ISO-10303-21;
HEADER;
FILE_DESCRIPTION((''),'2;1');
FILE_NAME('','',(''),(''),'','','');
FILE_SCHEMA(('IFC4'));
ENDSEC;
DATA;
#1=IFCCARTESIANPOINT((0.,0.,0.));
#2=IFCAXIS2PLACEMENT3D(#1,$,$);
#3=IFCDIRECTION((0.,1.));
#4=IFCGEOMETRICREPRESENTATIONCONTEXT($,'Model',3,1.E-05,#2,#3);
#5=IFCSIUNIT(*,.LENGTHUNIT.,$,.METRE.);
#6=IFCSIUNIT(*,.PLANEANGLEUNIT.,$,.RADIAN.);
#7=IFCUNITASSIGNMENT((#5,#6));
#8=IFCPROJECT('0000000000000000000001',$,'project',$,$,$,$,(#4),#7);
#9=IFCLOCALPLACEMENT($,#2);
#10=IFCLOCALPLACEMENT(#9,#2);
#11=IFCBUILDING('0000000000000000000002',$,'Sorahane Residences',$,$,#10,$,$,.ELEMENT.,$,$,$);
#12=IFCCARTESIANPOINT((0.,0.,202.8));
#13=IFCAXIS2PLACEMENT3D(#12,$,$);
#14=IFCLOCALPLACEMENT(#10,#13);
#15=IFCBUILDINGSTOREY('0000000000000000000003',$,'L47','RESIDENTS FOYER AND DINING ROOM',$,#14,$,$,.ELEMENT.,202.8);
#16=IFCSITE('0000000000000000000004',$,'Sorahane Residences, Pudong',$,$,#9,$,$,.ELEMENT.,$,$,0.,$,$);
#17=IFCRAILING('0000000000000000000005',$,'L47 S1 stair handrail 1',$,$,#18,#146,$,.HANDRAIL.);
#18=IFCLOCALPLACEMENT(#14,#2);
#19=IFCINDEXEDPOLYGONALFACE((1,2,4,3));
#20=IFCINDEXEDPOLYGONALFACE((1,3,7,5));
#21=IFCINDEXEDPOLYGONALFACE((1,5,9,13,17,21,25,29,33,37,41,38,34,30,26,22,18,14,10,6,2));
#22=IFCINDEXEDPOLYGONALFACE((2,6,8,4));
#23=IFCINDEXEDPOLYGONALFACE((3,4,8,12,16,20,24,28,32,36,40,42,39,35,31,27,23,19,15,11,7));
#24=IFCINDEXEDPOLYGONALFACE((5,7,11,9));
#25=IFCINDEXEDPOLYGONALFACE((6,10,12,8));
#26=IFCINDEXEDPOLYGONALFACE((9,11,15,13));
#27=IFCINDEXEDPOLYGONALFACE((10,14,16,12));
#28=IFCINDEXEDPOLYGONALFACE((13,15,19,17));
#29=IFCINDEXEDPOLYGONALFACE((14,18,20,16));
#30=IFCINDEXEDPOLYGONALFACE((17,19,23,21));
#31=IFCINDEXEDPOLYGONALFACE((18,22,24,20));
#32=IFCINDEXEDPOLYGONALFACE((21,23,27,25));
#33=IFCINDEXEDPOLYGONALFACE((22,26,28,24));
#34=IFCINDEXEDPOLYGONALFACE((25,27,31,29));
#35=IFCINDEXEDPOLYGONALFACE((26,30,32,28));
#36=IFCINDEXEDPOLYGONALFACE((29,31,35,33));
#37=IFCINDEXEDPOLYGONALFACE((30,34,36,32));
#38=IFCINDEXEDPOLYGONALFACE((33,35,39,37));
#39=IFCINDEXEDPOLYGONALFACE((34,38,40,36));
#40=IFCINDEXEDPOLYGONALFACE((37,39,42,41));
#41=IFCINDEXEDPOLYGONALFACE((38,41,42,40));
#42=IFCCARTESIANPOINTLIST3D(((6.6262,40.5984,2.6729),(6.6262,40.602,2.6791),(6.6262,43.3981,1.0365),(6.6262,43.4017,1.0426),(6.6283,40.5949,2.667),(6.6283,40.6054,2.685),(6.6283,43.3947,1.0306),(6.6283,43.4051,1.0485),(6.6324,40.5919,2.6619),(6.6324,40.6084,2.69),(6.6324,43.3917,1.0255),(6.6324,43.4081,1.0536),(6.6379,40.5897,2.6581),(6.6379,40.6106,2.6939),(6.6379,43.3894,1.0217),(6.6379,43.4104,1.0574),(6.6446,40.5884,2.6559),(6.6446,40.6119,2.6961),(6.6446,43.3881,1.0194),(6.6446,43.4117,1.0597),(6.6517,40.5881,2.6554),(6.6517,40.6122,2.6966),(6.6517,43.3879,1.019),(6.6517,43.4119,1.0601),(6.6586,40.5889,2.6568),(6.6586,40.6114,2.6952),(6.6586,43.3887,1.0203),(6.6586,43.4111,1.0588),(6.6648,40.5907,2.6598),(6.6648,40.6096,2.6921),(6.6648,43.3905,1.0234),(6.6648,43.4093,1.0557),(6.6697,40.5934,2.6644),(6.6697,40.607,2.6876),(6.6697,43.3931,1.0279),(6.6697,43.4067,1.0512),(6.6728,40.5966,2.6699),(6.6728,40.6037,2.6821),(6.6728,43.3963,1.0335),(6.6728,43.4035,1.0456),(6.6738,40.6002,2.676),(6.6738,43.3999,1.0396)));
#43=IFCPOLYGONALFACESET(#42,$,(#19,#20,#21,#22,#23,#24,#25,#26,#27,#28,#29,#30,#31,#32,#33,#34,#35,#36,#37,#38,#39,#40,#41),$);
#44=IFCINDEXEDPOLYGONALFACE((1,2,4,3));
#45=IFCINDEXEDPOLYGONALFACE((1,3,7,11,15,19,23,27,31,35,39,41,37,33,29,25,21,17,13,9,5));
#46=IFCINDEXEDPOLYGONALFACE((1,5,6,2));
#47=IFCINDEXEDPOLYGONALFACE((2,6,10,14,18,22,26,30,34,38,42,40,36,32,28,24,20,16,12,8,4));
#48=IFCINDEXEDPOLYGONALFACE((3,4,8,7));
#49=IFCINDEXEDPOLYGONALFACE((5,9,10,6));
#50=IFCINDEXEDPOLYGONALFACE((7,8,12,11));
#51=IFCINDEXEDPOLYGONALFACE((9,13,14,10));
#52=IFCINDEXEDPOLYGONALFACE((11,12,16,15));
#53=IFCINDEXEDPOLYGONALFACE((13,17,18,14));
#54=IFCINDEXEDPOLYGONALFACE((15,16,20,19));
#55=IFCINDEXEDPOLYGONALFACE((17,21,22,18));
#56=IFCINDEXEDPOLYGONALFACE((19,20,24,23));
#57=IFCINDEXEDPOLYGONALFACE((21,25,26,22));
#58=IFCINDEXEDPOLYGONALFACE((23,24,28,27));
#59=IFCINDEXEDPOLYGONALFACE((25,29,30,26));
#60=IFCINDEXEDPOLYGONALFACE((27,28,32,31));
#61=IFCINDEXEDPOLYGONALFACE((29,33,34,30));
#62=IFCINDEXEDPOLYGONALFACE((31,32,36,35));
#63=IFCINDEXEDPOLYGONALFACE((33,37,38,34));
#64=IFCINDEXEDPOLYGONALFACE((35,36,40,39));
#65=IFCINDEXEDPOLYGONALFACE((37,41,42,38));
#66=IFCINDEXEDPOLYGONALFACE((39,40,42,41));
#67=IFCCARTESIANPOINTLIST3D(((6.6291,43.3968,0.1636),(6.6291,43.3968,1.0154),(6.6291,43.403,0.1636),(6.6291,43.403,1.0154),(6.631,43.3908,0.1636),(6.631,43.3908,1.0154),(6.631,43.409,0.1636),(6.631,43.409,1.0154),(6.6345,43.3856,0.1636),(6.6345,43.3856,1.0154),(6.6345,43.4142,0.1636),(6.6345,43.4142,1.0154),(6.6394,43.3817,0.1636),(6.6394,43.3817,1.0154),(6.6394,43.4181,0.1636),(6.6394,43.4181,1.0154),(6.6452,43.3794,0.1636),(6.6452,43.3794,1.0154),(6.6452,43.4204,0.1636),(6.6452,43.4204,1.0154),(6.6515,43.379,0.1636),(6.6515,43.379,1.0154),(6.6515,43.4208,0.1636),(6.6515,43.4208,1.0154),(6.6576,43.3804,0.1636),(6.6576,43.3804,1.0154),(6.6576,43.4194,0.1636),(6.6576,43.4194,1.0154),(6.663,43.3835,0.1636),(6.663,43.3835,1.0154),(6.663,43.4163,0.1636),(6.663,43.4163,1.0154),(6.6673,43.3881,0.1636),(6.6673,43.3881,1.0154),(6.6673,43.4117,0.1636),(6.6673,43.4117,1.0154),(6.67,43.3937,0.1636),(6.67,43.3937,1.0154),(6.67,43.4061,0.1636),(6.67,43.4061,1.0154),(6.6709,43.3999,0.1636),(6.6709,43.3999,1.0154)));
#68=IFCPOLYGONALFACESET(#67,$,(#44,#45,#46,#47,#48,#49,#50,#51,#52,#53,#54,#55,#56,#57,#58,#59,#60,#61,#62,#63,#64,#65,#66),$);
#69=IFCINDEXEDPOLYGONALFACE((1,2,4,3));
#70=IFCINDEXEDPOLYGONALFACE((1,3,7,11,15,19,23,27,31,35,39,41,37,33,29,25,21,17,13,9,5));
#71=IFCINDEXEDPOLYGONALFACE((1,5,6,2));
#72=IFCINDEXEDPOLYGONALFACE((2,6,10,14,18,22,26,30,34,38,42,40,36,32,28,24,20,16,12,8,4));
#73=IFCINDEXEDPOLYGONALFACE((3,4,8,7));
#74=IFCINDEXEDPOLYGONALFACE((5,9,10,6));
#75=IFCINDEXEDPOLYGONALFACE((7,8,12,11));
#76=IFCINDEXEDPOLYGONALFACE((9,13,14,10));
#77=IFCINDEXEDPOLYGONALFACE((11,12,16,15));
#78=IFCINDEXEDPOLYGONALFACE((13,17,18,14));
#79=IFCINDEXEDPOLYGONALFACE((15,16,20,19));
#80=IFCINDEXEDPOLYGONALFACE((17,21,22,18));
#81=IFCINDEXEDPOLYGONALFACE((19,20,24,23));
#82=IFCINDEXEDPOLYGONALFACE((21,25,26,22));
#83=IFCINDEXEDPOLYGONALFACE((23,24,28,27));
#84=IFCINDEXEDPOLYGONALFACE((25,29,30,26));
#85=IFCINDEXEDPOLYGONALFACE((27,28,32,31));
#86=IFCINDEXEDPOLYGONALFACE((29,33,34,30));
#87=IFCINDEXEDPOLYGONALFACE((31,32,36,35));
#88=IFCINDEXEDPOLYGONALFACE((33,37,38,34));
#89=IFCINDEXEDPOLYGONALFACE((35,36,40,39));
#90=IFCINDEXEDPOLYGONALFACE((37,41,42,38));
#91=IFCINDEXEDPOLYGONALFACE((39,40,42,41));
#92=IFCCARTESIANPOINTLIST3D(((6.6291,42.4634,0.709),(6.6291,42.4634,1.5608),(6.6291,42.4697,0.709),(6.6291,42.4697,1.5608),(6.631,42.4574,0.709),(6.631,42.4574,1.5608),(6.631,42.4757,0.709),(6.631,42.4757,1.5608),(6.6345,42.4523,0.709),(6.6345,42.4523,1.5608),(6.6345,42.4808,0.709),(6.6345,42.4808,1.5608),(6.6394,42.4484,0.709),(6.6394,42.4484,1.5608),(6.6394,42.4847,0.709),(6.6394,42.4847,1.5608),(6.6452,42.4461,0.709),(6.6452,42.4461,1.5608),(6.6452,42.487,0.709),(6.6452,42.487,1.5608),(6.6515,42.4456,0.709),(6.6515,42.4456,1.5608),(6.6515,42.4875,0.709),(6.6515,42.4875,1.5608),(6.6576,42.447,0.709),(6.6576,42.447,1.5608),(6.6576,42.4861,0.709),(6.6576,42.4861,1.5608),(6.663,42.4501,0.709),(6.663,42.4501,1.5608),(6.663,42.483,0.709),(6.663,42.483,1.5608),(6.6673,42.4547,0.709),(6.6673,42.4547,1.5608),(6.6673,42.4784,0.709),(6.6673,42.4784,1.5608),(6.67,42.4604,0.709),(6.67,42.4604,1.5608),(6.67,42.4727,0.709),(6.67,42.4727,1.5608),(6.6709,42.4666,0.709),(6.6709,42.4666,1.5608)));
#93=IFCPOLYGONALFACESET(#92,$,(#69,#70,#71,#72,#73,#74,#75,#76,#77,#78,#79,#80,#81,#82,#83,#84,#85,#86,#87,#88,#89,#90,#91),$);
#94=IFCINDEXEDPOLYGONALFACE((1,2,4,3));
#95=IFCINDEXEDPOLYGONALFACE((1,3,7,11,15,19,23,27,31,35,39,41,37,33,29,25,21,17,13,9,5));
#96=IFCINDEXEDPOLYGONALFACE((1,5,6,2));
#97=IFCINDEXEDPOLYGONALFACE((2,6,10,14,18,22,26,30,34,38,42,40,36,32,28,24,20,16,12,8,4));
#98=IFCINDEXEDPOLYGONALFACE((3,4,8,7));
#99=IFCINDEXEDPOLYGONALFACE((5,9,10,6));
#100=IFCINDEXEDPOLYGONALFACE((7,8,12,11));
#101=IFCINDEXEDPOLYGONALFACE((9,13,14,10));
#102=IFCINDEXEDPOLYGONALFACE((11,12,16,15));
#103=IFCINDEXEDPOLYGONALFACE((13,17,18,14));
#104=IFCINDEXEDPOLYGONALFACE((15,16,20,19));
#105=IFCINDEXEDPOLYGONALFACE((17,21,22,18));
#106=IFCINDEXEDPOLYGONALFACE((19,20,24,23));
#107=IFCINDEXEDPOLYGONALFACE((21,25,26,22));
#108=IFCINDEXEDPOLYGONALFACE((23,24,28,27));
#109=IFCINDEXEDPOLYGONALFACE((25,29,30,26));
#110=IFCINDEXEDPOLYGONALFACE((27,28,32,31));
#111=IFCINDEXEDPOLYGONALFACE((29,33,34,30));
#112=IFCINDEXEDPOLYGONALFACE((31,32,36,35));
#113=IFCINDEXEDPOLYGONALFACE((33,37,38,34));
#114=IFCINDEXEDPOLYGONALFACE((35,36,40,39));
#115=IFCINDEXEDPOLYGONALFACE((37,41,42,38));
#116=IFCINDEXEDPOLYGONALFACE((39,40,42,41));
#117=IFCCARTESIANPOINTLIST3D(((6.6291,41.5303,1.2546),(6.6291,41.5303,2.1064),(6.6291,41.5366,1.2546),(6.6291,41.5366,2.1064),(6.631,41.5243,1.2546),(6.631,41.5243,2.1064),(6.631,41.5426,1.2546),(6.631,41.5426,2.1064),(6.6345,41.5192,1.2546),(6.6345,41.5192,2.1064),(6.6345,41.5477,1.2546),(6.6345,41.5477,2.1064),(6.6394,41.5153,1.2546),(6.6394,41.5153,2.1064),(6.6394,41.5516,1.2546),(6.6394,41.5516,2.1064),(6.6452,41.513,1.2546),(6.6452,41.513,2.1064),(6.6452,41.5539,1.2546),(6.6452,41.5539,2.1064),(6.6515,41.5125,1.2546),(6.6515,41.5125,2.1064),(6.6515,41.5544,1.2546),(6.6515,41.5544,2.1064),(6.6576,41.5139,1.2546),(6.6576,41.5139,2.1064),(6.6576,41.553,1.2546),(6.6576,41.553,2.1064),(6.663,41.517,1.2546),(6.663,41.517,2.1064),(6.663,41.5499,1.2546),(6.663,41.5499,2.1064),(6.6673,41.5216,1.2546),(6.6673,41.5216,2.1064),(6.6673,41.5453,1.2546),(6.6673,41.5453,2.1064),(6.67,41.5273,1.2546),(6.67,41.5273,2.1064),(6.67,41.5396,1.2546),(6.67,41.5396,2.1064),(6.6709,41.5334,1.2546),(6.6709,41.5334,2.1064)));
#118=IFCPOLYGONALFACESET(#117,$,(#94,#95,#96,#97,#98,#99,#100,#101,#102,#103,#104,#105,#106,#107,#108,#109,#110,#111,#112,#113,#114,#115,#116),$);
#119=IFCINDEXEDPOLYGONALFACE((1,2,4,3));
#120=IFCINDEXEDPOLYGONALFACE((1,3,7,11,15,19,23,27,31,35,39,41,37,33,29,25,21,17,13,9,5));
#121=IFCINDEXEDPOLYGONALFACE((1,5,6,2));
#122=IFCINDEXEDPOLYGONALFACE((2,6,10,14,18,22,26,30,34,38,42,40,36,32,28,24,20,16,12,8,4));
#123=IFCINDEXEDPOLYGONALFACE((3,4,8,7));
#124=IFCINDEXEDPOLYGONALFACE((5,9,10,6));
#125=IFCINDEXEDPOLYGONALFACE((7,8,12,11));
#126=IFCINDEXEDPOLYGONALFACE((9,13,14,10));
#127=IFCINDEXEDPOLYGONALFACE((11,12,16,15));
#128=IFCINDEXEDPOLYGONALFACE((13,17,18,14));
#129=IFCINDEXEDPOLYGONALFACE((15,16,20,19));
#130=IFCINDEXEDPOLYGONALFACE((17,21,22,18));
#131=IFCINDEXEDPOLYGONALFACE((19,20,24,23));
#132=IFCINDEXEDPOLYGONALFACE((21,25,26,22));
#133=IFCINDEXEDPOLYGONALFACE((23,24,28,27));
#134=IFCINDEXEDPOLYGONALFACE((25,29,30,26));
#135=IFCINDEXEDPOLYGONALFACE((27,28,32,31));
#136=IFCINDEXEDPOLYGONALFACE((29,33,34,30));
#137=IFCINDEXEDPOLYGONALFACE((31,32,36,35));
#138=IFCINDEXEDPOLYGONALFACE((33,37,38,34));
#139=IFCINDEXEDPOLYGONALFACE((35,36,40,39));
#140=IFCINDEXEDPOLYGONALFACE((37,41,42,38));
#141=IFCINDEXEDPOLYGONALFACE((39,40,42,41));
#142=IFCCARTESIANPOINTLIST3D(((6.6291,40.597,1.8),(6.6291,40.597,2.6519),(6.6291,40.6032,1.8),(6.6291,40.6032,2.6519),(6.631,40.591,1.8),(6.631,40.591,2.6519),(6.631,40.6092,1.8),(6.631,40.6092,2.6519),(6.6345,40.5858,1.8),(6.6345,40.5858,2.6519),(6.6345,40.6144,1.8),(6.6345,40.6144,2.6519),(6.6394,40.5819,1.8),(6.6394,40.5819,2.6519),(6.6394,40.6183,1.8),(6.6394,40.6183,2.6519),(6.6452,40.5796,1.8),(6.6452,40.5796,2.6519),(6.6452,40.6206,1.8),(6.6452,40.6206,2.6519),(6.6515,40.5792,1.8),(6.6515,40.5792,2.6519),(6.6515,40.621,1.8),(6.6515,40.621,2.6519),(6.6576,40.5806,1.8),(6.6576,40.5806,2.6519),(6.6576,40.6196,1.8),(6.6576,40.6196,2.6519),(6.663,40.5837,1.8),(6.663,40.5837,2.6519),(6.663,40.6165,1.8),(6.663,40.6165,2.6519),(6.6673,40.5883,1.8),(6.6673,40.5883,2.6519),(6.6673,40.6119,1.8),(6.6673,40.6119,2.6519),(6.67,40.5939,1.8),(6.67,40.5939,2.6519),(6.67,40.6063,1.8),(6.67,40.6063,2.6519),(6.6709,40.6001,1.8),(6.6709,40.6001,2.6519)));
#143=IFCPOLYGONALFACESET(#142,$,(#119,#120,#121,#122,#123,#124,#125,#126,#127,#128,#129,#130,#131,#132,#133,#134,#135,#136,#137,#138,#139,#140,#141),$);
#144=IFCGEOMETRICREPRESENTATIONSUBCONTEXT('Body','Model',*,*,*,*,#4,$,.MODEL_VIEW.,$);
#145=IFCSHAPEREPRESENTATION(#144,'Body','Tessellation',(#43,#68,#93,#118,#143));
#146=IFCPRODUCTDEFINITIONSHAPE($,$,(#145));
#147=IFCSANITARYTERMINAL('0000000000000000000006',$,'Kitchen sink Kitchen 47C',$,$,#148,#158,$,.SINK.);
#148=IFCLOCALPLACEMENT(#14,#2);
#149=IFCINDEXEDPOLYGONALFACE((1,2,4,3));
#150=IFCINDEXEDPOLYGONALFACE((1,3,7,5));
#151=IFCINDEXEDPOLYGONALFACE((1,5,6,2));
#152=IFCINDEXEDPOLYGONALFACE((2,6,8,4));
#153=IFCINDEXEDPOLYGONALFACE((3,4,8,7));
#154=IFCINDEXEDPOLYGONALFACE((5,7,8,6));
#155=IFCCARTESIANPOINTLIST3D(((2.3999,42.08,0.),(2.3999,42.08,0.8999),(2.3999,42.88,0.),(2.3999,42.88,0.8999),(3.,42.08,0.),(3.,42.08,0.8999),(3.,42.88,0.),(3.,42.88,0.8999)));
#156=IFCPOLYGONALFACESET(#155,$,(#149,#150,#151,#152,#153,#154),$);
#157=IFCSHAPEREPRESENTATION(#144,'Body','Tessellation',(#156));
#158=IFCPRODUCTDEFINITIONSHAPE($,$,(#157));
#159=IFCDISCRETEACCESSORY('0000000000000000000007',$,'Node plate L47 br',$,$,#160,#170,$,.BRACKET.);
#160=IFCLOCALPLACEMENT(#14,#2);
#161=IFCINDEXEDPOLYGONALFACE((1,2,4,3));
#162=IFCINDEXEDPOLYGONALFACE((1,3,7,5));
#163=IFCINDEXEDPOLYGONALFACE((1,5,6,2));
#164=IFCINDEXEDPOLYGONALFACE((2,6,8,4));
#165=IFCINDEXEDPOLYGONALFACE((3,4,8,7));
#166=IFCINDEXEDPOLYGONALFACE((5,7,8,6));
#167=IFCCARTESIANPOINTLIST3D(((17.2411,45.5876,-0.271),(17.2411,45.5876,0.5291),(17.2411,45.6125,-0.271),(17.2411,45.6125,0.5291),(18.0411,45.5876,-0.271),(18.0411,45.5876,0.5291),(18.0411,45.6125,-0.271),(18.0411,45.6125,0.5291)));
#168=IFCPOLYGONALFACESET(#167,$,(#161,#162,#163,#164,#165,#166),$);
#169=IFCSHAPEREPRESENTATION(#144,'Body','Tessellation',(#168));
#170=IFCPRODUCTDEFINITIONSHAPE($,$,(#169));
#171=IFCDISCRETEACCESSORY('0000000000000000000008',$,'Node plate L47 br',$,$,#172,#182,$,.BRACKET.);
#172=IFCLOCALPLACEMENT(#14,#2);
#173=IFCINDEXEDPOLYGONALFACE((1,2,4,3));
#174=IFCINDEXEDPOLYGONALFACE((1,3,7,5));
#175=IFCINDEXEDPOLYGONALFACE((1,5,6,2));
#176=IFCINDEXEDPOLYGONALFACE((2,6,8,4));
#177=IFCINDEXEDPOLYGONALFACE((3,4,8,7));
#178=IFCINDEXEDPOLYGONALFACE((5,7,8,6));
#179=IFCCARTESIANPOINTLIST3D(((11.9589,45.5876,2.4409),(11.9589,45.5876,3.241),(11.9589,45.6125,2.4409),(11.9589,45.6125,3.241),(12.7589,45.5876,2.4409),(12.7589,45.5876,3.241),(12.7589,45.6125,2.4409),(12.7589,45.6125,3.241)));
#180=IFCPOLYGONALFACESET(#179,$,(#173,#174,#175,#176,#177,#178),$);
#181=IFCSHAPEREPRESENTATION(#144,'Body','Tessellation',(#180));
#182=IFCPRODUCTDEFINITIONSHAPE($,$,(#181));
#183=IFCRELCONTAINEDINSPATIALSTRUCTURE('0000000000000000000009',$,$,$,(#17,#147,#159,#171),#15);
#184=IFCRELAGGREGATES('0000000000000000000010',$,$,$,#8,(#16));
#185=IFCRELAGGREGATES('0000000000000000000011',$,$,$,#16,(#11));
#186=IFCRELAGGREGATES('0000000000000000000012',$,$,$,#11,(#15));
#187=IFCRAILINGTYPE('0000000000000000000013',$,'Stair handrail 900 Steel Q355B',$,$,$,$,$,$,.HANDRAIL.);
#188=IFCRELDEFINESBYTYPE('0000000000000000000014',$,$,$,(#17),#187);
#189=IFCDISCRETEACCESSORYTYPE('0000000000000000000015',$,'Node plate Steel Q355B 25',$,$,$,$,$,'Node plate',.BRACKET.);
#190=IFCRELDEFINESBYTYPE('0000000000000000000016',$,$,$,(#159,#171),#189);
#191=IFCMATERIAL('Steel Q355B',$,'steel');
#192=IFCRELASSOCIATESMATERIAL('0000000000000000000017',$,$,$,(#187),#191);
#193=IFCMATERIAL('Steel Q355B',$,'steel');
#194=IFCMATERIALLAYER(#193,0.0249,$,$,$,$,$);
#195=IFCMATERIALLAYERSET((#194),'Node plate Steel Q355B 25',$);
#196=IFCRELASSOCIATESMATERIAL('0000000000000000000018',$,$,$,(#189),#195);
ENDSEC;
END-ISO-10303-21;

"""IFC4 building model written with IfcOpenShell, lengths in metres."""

from ifc_helpers import new_model, si_unit, direction, frame, origin, origin_2d, place, context, subcontext, project, spatial, rectangle, circle, extrude, material, layer, layer_set, type_object, element, save


model = new_model("IFC4")

# Units and contexts
model_context = context("Model", 3, precision=1e-05, world=origin(), true_north=direction((0.0, 1.0)))
body_context = subcontext(model_context, "Body", "Model", "MODEL_VIEW")
ifc_project = project(units=[si_unit("LENGTHUNIT", "METRE"), si_unit("PLANEANGLEUNIT", "RADIAN")], contexts=[model_context])

# Site, building, storey
site_placement = place(None, origin())
site = spatial("IfcSite", under=ifc_project, at=site_placement, Name="Sorahane Residences, Pudong", CompositionType="ELEMENT", RefElevation=0.0)
building_placement = place(site_placement, origin())
building = spatial("IfcBuilding", under=site, at=building_placement, Name="Sorahane Residences", CompositionType="ELEMENT")
storey_placement = place(building_placement, frame((0.0, 0.0, 202.8)))
storey = spatial("IfcBuildingStorey", under=building, at=storey_placement, Name="L47", Description="RESIDENTS FOYER AND DINING ROOM", CompositionType="ELEMENT", Elevation=202.8)

# Railing
ifc_material_1 = material(Name="Steel Q355B", Category="steel")
railing_type_1 = type_object("IfcRailingType", Name="Stair handrail 900 Steel Q355B", PredefinedType="HANDRAIL", material=ifc_material_1)
railing_1_placement = place(storey_placement, frame((6.6499, 43.3999, 0.1636)))
element("IfcRailing", 1, at=railing_1_placement, inside=storey, type_object=railing_type_1, Name="L47 S1 stair handrail 1", PredefinedType="HANDRAIL", context=body_context, shape_type="SweptSolid", body=[
    extrude(circle(Radius=0.0239, at=origin_2d()), frame((0.0, 0.0, 0.876), z_axis=(0.0, -0.863342, 0.50462), x_axis=(1.0, 0.0, 0.0)), (0.0, 0.0, 1.0), 3.2429),
    extrude(circle(Radius=0.021, at=origin_2d()), origin(), (0.0, 0.0, 1.0), 0.8518),
    extrude(circle(Radius=0.021, at=origin_2d()), frame((0.0, -0.9333, 0.5454)), (0.0, 0.0, 1.0), 0.8518),
    extrude(circle(Radius=0.021, at=origin_2d()), frame((0.0, -1.8665, 1.0911)), (0.0, 0.0, 1.0), 0.8518),
    extrude(circle(Radius=0.021, at=origin_2d()), frame((0.0, -2.7998, 1.6365)), (0.0, 0.0, 1.0), 0.8518),
])

# Sanitary terminal
sanitary_terminal_placement = place(storey_placement, frame((2.7, 42.48, 0.0), z_axis=(0.0, 0.0, 1.0), x_axis=(0.0, -1.0, 0.0)))
element("IfcSanitaryTerminal", 2, at=sanitary_terminal_placement, inside=storey, Name="Kitchen sink Kitchen 47C", PredefinedType="SINK", context=body_context, shape_type="SweptSolid", body=[
    extrude(rectangle(XDim=0.8, YDim=0.6001, at=origin_2d()), origin(), (0.0, 0.0, 1.0), 0.8999),
])

# Discrete accessories
ifc_material_2 = material(Name="Steel Q355B", Category="steel")
ifc_layer_1 = layer(ifc_material_2, 0.0249)
ifc_layer_set_1 = layer_set([ifc_layer_1], Name="Node plate Steel Q355B 25")
discrete_accessory_type = type_object("IfcDiscreteAccessoryType", Name="Node plate Steel Q355B 25", ElementType="Node plate", PredefinedType="BRACKET", material=ifc_layer_set_1)
for number, where, z_axis, x_axis, name in (
    (3, (17.6411, 45.6001, -0.271), (0.0, 0.0, 1.0), (1.0, 0.0, 0.0), "Node plate L47 br"),
    (4, (12.3589, 45.6001, 2.4409), (0.0, 0.0, 1.0), (1.0, 0.0, 0.0), "Node plate L47 br"),
):
    element("IfcDiscreteAccessory", number, at=place(storey_placement, frame(where, z_axis=z_axis, x_axis=x_axis)), inside=storey, type_object=discrete_accessory_type, Name=name, PredefinedType="BRACKET", context=body_context, shape_type="SweptSolid", body=[
        extrude(rectangle(XDim=0.8, YDim=0.0249, at=origin_2d()), origin(), (0.0, 0.0, 1.0), 0.8),
    ])

save(model, "model.ifc")
